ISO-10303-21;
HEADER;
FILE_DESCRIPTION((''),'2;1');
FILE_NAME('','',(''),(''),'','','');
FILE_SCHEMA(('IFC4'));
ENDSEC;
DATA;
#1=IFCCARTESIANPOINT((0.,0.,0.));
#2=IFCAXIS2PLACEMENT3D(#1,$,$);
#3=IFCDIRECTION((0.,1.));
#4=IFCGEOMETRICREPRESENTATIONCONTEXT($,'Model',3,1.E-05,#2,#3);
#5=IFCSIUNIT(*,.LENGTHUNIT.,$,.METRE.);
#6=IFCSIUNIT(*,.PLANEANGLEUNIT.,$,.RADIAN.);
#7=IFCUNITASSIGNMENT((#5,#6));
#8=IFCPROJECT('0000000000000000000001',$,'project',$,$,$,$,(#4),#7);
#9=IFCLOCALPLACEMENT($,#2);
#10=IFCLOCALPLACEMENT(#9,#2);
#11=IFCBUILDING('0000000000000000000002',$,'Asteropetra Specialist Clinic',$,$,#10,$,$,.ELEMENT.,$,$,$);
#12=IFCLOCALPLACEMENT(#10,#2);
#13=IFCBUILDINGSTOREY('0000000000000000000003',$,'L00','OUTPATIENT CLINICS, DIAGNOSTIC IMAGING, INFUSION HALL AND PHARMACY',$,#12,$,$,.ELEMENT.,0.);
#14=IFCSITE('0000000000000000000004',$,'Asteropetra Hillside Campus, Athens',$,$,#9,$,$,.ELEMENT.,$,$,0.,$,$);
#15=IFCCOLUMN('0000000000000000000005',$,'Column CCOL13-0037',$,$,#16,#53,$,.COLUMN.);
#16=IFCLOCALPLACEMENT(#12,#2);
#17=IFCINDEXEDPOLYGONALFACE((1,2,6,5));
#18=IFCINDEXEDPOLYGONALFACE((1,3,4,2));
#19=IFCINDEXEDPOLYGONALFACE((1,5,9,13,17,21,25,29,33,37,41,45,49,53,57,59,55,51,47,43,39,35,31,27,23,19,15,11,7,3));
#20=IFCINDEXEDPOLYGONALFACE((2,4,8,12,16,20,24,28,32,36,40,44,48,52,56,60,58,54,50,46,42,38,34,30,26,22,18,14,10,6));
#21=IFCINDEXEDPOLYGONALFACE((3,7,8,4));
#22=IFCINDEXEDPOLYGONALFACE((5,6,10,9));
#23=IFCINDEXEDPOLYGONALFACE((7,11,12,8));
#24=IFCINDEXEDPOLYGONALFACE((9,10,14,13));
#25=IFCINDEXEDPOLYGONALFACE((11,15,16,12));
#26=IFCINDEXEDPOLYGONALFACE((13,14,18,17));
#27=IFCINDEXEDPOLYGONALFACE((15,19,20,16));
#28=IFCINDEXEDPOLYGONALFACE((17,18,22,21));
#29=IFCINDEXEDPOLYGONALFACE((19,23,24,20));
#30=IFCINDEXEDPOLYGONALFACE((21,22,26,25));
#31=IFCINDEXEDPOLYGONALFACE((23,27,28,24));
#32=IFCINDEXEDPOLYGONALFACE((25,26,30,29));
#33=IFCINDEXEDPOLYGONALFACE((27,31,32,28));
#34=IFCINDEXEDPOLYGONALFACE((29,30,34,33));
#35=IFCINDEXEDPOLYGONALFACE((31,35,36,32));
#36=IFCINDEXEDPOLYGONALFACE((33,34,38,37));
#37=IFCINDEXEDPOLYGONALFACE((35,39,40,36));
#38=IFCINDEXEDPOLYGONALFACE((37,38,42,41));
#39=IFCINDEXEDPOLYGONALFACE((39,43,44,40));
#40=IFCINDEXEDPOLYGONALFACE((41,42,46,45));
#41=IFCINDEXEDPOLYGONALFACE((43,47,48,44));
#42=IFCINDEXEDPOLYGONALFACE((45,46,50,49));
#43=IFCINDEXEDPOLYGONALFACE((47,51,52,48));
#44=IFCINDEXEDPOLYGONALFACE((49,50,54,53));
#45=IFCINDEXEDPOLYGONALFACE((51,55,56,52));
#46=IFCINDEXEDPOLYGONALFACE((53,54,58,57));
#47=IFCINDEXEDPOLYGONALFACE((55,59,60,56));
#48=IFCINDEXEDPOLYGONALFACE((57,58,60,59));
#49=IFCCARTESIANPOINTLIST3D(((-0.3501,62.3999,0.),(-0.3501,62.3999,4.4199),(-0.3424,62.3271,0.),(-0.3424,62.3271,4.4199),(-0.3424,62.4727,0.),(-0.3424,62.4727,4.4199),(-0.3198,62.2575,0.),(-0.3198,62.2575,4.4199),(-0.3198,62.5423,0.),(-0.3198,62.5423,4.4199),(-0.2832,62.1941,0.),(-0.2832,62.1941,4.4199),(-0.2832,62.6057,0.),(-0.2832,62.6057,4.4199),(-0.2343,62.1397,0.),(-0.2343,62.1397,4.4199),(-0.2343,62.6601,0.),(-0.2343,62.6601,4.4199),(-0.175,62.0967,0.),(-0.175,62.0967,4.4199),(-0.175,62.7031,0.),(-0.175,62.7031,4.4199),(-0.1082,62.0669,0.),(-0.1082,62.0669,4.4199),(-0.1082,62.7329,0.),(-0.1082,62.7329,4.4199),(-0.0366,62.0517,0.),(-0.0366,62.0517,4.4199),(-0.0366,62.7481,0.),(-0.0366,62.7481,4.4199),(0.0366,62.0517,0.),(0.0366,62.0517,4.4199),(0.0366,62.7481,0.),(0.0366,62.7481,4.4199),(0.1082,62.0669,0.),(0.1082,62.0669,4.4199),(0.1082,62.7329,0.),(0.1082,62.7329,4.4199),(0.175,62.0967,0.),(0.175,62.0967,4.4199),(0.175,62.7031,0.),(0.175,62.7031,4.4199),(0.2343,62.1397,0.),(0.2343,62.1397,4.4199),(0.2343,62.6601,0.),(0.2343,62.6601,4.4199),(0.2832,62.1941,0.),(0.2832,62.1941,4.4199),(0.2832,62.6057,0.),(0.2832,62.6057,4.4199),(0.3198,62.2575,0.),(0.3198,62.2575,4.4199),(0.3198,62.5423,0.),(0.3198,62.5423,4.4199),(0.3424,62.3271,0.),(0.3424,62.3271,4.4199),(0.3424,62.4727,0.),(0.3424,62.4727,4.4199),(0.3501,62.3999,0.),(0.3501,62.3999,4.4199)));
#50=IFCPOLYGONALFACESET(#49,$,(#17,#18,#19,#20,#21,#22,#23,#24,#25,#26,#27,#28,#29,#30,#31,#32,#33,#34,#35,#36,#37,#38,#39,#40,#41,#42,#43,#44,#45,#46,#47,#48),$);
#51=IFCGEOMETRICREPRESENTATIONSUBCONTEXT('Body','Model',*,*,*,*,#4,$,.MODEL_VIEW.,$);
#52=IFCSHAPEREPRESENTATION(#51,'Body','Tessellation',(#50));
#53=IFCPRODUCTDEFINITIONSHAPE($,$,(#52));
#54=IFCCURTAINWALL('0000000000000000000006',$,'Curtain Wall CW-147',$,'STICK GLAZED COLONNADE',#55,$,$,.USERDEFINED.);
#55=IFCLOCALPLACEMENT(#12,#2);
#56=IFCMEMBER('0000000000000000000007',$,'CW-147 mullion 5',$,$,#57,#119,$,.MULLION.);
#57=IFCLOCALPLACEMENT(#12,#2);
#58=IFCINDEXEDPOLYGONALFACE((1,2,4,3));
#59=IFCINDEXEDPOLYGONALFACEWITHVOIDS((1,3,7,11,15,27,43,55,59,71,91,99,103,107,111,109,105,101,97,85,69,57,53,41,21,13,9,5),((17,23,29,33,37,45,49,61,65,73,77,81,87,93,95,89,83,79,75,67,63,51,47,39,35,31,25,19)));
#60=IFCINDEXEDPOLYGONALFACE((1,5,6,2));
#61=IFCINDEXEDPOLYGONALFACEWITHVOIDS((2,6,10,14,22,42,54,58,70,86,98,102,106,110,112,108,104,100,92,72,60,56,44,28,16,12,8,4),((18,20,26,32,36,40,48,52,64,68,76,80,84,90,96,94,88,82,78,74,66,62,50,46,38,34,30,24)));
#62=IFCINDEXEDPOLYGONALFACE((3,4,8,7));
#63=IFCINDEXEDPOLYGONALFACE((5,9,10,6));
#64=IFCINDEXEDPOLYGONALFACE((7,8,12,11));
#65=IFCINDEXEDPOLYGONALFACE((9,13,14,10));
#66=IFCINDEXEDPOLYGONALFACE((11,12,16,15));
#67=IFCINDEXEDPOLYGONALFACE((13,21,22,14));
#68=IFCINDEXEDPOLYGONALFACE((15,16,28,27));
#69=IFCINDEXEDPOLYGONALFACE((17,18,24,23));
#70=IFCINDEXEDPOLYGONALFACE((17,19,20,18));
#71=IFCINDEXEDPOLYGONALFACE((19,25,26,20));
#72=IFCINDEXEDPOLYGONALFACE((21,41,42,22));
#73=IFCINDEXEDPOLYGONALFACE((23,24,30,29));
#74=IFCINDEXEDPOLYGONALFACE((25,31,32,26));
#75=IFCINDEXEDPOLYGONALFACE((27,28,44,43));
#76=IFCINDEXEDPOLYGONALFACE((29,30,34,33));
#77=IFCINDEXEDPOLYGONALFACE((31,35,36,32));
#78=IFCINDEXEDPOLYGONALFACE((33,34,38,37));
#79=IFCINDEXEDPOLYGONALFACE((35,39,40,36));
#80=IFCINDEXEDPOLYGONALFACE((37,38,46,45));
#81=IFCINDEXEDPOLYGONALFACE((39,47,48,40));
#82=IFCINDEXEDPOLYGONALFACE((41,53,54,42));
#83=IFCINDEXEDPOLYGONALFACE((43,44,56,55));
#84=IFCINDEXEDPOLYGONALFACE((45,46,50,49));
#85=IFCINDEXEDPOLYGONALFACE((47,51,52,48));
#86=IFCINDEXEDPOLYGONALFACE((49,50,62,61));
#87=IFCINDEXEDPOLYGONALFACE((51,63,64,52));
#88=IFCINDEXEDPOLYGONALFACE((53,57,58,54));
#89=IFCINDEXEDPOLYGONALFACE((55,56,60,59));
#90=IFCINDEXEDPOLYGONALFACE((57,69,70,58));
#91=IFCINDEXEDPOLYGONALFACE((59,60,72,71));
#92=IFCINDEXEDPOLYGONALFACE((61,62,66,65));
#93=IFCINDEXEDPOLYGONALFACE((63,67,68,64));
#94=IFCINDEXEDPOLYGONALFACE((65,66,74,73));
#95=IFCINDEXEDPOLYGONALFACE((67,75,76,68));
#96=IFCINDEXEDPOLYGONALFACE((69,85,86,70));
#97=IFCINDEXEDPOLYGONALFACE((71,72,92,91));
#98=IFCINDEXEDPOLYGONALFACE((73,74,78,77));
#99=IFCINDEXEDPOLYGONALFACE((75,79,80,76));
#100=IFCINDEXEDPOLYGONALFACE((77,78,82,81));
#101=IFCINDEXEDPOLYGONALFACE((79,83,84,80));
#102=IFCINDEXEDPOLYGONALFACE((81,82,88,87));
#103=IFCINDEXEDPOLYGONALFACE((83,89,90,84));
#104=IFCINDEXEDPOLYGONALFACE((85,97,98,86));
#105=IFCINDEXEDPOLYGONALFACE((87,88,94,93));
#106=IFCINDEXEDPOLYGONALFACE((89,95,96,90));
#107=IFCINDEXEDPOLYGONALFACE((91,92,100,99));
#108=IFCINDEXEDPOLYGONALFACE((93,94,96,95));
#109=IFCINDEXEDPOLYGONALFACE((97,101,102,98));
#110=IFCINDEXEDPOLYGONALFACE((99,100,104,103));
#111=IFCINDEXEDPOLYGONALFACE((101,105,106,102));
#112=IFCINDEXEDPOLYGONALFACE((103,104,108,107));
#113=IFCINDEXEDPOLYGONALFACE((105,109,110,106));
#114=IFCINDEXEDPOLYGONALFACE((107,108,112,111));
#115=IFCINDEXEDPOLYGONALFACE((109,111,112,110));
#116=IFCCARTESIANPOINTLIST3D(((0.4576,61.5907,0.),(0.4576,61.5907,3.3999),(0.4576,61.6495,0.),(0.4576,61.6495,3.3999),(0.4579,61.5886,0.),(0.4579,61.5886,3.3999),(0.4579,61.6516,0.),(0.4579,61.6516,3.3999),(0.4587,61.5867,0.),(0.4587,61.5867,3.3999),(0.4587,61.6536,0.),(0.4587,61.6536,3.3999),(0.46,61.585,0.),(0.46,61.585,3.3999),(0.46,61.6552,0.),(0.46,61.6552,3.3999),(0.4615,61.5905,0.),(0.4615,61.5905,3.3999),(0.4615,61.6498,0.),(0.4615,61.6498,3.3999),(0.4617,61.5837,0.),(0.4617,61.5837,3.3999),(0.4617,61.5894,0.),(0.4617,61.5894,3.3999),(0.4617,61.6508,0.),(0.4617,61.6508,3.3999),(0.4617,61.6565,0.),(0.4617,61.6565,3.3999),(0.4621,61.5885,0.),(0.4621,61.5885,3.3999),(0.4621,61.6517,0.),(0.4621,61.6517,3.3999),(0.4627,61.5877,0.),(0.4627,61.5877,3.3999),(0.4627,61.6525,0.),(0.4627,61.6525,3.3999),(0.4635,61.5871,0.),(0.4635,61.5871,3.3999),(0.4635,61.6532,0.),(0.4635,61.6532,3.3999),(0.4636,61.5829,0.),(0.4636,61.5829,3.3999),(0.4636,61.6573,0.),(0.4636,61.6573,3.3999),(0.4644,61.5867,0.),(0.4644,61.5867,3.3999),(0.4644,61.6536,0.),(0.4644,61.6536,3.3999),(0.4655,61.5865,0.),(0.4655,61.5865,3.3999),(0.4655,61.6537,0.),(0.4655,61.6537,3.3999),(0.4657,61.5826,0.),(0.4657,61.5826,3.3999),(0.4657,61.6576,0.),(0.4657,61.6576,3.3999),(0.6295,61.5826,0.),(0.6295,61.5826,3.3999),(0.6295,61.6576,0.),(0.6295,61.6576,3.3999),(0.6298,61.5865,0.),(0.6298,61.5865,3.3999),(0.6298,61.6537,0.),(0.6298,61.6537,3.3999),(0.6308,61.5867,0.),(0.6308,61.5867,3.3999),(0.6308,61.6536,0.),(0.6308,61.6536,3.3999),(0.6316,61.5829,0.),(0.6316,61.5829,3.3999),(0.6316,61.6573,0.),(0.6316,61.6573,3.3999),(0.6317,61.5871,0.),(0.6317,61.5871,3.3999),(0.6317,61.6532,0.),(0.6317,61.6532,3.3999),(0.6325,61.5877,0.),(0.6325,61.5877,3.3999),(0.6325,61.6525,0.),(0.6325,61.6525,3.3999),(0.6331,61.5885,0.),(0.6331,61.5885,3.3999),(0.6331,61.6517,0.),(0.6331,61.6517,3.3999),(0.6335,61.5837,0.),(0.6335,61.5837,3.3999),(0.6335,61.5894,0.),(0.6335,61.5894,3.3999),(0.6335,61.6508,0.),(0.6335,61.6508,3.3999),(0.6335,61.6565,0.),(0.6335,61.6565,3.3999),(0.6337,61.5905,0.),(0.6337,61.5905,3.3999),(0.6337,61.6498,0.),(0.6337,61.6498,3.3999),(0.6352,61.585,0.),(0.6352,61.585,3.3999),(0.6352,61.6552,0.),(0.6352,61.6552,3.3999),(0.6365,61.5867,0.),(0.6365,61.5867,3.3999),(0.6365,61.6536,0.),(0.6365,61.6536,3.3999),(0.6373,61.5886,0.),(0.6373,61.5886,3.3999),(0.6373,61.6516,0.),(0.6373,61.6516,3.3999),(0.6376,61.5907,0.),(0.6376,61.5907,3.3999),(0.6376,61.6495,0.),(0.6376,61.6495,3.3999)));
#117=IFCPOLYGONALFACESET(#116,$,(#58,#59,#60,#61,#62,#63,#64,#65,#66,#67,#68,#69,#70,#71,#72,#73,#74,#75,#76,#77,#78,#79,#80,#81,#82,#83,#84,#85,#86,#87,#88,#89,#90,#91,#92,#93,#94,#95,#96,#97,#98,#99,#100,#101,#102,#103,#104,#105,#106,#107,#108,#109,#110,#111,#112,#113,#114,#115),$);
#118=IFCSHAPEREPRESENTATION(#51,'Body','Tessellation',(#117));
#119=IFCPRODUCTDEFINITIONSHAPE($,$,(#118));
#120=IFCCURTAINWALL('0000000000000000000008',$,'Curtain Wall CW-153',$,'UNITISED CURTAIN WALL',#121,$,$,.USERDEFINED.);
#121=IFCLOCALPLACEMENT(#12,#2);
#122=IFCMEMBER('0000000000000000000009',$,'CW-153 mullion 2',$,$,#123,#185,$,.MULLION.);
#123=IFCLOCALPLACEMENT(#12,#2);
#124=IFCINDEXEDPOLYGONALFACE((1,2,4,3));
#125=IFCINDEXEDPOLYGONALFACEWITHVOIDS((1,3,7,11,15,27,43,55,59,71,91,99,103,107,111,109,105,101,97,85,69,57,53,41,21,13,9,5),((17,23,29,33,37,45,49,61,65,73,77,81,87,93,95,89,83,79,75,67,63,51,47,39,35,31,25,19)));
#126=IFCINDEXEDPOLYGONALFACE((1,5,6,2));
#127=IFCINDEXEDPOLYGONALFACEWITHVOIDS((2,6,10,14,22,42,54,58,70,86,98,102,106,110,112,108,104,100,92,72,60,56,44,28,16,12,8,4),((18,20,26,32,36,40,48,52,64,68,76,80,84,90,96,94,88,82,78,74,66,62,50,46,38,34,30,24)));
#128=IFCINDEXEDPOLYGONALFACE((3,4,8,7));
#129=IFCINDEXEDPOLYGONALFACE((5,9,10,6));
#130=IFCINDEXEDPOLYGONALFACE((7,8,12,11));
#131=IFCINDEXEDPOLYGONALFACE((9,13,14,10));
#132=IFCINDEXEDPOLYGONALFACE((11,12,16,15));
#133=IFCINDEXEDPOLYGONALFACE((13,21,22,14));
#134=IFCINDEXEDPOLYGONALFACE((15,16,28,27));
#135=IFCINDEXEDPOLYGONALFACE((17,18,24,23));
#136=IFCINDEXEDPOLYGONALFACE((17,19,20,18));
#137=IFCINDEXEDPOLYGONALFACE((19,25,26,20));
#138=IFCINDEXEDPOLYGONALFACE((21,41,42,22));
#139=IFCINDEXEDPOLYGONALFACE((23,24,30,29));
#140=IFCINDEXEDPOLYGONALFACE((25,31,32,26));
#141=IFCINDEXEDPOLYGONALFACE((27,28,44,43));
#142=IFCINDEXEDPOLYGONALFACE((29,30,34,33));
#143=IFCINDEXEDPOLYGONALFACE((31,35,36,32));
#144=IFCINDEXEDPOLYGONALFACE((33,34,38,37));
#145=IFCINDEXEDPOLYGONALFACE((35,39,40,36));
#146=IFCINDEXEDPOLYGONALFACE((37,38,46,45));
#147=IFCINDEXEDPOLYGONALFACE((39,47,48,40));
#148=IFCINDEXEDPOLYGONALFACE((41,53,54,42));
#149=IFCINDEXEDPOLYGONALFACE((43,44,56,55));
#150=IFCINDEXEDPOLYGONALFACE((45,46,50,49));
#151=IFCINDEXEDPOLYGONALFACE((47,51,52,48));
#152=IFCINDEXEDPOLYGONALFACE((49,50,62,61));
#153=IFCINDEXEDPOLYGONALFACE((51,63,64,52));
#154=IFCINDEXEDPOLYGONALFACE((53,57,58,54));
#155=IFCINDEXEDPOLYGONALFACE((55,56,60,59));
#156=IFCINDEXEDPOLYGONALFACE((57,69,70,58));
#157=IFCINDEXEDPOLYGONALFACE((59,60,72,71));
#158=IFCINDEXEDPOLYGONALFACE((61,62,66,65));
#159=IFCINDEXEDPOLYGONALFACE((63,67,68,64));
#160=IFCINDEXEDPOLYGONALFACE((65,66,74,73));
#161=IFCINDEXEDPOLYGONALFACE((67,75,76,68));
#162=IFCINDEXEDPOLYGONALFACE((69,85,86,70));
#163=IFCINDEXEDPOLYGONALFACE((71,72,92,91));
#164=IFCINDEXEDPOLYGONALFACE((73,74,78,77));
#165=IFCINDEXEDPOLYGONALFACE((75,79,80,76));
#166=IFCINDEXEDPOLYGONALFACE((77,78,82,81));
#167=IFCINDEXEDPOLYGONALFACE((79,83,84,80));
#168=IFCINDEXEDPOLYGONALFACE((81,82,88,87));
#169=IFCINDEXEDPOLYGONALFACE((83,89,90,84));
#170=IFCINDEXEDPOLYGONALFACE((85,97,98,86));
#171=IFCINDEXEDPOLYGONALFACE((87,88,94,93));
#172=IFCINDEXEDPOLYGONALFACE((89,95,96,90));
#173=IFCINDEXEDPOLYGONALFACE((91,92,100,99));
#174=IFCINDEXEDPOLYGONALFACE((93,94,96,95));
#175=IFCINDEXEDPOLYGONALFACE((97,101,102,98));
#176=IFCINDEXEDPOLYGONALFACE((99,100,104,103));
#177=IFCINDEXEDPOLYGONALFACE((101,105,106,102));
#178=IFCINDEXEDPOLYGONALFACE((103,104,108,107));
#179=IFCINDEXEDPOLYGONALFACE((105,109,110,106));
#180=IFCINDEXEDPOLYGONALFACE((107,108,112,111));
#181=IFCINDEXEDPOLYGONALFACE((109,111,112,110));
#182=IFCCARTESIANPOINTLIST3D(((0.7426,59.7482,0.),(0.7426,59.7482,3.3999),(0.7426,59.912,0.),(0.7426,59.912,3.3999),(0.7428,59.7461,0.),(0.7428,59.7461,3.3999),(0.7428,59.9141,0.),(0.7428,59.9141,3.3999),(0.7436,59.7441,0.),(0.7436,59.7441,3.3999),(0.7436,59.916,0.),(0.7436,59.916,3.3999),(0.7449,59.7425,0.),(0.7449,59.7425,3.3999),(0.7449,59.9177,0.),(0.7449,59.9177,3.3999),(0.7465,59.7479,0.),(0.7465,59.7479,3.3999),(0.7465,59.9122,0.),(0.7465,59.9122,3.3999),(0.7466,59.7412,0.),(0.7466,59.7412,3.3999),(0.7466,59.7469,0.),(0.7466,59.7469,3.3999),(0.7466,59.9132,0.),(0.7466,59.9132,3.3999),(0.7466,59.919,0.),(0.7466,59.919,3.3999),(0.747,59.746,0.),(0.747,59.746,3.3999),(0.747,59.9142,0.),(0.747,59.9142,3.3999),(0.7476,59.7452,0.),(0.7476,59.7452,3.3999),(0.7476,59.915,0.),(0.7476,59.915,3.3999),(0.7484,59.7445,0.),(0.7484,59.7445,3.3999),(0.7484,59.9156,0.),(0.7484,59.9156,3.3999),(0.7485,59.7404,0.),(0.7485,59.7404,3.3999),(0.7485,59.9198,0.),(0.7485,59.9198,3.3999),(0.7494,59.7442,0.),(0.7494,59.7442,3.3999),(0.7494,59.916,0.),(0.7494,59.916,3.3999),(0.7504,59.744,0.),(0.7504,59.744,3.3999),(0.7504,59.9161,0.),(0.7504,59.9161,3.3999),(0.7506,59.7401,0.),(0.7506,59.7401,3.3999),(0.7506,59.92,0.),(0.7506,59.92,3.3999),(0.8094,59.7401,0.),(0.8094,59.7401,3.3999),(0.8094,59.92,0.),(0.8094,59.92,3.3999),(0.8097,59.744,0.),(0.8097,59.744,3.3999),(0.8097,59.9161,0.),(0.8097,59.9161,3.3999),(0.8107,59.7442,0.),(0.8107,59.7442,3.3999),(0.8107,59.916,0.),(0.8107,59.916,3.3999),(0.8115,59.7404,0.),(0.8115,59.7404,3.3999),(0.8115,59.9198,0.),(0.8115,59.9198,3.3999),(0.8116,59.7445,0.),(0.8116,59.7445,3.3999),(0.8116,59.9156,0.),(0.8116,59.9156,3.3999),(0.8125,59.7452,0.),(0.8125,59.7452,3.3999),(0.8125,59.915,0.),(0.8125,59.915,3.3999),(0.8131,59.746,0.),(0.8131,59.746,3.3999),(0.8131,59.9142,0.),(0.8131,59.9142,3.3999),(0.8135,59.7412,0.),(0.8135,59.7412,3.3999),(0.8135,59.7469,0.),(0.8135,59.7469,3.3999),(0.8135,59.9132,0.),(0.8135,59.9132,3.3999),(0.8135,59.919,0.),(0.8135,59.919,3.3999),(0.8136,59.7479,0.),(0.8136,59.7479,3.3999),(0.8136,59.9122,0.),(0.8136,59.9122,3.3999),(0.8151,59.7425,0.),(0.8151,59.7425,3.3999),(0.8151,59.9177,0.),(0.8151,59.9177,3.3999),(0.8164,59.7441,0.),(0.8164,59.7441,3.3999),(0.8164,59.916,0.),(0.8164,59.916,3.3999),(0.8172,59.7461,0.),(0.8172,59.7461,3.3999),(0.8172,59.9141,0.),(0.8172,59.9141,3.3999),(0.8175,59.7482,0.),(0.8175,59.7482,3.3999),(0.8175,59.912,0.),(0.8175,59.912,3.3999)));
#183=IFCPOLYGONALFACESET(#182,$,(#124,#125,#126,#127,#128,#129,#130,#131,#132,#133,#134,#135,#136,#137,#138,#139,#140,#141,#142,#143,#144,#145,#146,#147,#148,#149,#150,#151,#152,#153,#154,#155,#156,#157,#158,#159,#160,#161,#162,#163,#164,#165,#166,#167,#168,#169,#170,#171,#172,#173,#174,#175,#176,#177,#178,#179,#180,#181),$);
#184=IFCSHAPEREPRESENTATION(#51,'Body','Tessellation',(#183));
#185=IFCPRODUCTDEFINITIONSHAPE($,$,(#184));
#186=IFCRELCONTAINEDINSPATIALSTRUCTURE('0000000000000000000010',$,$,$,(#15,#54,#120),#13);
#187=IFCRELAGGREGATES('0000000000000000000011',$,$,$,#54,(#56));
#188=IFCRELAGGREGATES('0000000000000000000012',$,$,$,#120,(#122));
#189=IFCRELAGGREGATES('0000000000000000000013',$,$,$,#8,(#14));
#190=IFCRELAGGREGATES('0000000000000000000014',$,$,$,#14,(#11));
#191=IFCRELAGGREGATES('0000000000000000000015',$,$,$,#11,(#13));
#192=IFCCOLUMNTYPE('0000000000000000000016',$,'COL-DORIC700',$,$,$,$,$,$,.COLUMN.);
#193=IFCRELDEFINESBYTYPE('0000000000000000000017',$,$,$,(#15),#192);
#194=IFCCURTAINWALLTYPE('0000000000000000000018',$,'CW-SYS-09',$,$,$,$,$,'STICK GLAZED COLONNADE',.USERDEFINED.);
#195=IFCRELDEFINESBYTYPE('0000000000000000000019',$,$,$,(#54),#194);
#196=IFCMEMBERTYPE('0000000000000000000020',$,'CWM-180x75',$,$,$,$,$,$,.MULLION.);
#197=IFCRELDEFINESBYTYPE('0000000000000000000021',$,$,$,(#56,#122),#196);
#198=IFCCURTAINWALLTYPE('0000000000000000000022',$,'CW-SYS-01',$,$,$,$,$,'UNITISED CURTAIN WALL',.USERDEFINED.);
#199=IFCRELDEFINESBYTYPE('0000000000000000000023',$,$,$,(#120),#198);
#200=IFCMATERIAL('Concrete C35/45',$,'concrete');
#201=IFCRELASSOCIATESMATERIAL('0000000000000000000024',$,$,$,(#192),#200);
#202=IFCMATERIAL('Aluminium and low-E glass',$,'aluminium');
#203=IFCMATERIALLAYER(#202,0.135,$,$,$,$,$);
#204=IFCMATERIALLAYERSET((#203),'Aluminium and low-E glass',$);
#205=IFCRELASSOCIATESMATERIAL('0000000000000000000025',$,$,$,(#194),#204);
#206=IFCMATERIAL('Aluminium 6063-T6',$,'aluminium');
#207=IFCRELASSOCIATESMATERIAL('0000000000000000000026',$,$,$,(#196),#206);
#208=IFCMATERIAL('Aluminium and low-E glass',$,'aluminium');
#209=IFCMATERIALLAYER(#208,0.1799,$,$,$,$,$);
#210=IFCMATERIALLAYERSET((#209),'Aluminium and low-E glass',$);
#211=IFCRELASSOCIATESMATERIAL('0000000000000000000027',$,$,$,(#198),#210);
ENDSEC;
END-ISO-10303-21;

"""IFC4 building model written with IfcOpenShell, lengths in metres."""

from ifc_helpers import new_model, si_unit, direction, frame, origin, origin_2d, place, context, subcontext, project, spatial, hollow_rectangle, circle, extrude, material, layer, layer_set, material_profile, profile_set, type_object, element, aggregate, save


model = new_model("IFC4")

# Units and contexts
model_context = context("Model", 3, precision=1e-05, world=origin(), true_north=direction((0.0, 1.0)))
body_context = subcontext(model_context, "Body", "Model", "MODEL_VIEW")
ifc_project = project(units=[si_unit("LENGTHUNIT", "METRE"), si_unit("PLANEANGLEUNIT", "RADIAN")], contexts=[model_context])

# Site, building, storey
site_placement = place(None, origin())
site = spatial("IfcSite", under=ifc_project, at=site_placement, Name="Asteropetra Hillside Campus, Athens", CompositionType="ELEMENT", RefElevation=0.0)
building_placement = place(site_placement, origin())
building = spatial("IfcBuilding", under=site, at=building_placement, Name="Asteropetra Specialist Clinic", CompositionType="ELEMENT")
storey_placement = place(building_placement, origin())
storey = spatial("IfcBuildingStorey", under=building, at=storey_placement, Name="L00", Description="OUTPATIENT CLINICS, DIAGNOSTIC IMAGING, INFUSION HALL AND PHARMACY", CompositionType="ELEMENT", Elevation=0.0)

# Column
ifc_material_1 = material(Name="Concrete C35/45", Category="concrete")
ifc_material_profile_1 = material_profile(ifc_material_1, circle(Radius=0.3501, at=origin_2d()), Name="RCC D700")
ifc_profile_set_1 = profile_set([ifc_material_profile_1], Name="Concrete C35/45")
column_type = type_object("IfcColumnType", Name="COL-DORIC700", PredefinedType="COLUMN", material=ifc_profile_set_1)
column_placement = place(storey_placement, frame((0.0, 62.3999, 0.0), z_axis=(0.0, 0.0, 1.0), x_axis=(1.0, 0.0, 0.0)))
element("IfcColumn", 1, at=column_placement, inside=storey, type_object=column_type, Name="Column CCOL13-0037", PredefinedType="COLUMN", context=body_context, shape_type="SweptSolid", body=[
    extrude(circle(Radius=0.3501, at=origin_2d()), origin(), (0.0, 0.0, 1.0), 4.4199),
])

# Curtain wall, member
ifc_material_2 = material(Name="Aluminium and low-E glass", Category="aluminium")
ifc_layer_1 = layer(ifc_material_2, 0.135)
ifc_layer_set_1 = layer_set([ifc_layer_1], Name="Aluminium and low-E glass")
curtain_wall_type_1 = type_object("IfcCurtainWallType", Name="CW-SYS-09", ElementType="STICK GLAZED COLONNADE", PredefinedType="USERDEFINED", material=ifc_layer_set_1)
curtain_wall_1_placement = place(storey_placement, origin())
curtain_wall_1 = element("IfcCurtainWall", 2, at=curtain_wall_1_placement, inside=storey, type_object=curtain_wall_type_1, Name="Curtain Wall CW-147", ObjectType="STICK GLAZED COLONNADE", PredefinedType="USERDEFINED")
ifc_material_3 = material(Name="Aluminium 6063-T6", Category="aluminium")
ifc_material_profile_2 = material_profile(ifc_material_3, hollow_rectangle(XDim=0.075, YDim=0.1799, WallThickness=0.0039, InnerFilletRadius=0.0039, OuterFilletRadius=0.0081, at=origin_2d()), Name="MUL 180x75x4.0")
ifc_profile_set_2 = profile_set([ifc_material_profile_2], Name="Aluminium 6063-T6")
member_type_1 = type_object("IfcMemberType", Name="CWM-180x75", PredefinedType="MULLION", material=ifc_profile_set_2)
member_1_placement = place(storey_placement, frame((0.5476, 61.6201, 0.0), z_axis=(0.0, 0.0, 1.0), x_axis=(0.0, -1.0, 0.0)))
member_1 = element("IfcMember", 3, at=member_1_placement, type_object=member_type_1, Name="CW-147 mullion 5", PredefinedType="MULLION", context=body_context, shape_type="SweptSolid", body=[
    extrude(hollow_rectangle(XDim=0.075, YDim=0.1799, WallThickness=0.0039, InnerFilletRadius=0.0039, OuterFilletRadius=0.0081, at=origin_2d()), origin(), (0.0, 0.0, 1.0), 3.3999),
])
aggregate(curtain_wall_1, [member_1])

# Curtain wall, member
ifc_material_4 = material(Name="Aluminium and low-E glass", Category="aluminium")
ifc_layer_2 = layer(ifc_material_4, 0.1799)
ifc_layer_set_2 = layer_set([ifc_layer_2], Name="Aluminium and low-E glass")
curtain_wall_type_2 = type_object("IfcCurtainWallType", Name="CW-SYS-01", ElementType="UNITISED CURTAIN WALL", PredefinedType="USERDEFINED", material=ifc_layer_set_2)
curtain_wall_2_placement = place(storey_placement, origin())
curtain_wall_2 = element("IfcCurtainWall", 4, at=curtain_wall_2_placement, inside=storey, type_object=curtain_wall_type_2, Name="Curtain Wall CW-153", ObjectType="UNITISED CURTAIN WALL", PredefinedType="USERDEFINED")
member_2_placement = place(storey_placement, frame((0.78, 59.8301, 0.0), z_axis=(0.0, 0.0, 1.0), x_axis=(1.0, 0.0, 0.0)))
member_2 = element("IfcMember", 5, at=member_2_placement, type_object=member_type_1, Name="CW-153 mullion 2", PredefinedType="MULLION", context=body_context, shape_type="SweptSolid", body=[
    extrude(hollow_rectangle(XDim=0.075, YDim=0.1799, WallThickness=0.0039, InnerFilletRadius=0.0039, OuterFilletRadius=0.0081, at=origin_2d()), origin(), (0.0, 0.0, 1.0), 3.3999),
])

aggregate(curtain_wall_2, [member_2])

save(model, "model.ifc")
